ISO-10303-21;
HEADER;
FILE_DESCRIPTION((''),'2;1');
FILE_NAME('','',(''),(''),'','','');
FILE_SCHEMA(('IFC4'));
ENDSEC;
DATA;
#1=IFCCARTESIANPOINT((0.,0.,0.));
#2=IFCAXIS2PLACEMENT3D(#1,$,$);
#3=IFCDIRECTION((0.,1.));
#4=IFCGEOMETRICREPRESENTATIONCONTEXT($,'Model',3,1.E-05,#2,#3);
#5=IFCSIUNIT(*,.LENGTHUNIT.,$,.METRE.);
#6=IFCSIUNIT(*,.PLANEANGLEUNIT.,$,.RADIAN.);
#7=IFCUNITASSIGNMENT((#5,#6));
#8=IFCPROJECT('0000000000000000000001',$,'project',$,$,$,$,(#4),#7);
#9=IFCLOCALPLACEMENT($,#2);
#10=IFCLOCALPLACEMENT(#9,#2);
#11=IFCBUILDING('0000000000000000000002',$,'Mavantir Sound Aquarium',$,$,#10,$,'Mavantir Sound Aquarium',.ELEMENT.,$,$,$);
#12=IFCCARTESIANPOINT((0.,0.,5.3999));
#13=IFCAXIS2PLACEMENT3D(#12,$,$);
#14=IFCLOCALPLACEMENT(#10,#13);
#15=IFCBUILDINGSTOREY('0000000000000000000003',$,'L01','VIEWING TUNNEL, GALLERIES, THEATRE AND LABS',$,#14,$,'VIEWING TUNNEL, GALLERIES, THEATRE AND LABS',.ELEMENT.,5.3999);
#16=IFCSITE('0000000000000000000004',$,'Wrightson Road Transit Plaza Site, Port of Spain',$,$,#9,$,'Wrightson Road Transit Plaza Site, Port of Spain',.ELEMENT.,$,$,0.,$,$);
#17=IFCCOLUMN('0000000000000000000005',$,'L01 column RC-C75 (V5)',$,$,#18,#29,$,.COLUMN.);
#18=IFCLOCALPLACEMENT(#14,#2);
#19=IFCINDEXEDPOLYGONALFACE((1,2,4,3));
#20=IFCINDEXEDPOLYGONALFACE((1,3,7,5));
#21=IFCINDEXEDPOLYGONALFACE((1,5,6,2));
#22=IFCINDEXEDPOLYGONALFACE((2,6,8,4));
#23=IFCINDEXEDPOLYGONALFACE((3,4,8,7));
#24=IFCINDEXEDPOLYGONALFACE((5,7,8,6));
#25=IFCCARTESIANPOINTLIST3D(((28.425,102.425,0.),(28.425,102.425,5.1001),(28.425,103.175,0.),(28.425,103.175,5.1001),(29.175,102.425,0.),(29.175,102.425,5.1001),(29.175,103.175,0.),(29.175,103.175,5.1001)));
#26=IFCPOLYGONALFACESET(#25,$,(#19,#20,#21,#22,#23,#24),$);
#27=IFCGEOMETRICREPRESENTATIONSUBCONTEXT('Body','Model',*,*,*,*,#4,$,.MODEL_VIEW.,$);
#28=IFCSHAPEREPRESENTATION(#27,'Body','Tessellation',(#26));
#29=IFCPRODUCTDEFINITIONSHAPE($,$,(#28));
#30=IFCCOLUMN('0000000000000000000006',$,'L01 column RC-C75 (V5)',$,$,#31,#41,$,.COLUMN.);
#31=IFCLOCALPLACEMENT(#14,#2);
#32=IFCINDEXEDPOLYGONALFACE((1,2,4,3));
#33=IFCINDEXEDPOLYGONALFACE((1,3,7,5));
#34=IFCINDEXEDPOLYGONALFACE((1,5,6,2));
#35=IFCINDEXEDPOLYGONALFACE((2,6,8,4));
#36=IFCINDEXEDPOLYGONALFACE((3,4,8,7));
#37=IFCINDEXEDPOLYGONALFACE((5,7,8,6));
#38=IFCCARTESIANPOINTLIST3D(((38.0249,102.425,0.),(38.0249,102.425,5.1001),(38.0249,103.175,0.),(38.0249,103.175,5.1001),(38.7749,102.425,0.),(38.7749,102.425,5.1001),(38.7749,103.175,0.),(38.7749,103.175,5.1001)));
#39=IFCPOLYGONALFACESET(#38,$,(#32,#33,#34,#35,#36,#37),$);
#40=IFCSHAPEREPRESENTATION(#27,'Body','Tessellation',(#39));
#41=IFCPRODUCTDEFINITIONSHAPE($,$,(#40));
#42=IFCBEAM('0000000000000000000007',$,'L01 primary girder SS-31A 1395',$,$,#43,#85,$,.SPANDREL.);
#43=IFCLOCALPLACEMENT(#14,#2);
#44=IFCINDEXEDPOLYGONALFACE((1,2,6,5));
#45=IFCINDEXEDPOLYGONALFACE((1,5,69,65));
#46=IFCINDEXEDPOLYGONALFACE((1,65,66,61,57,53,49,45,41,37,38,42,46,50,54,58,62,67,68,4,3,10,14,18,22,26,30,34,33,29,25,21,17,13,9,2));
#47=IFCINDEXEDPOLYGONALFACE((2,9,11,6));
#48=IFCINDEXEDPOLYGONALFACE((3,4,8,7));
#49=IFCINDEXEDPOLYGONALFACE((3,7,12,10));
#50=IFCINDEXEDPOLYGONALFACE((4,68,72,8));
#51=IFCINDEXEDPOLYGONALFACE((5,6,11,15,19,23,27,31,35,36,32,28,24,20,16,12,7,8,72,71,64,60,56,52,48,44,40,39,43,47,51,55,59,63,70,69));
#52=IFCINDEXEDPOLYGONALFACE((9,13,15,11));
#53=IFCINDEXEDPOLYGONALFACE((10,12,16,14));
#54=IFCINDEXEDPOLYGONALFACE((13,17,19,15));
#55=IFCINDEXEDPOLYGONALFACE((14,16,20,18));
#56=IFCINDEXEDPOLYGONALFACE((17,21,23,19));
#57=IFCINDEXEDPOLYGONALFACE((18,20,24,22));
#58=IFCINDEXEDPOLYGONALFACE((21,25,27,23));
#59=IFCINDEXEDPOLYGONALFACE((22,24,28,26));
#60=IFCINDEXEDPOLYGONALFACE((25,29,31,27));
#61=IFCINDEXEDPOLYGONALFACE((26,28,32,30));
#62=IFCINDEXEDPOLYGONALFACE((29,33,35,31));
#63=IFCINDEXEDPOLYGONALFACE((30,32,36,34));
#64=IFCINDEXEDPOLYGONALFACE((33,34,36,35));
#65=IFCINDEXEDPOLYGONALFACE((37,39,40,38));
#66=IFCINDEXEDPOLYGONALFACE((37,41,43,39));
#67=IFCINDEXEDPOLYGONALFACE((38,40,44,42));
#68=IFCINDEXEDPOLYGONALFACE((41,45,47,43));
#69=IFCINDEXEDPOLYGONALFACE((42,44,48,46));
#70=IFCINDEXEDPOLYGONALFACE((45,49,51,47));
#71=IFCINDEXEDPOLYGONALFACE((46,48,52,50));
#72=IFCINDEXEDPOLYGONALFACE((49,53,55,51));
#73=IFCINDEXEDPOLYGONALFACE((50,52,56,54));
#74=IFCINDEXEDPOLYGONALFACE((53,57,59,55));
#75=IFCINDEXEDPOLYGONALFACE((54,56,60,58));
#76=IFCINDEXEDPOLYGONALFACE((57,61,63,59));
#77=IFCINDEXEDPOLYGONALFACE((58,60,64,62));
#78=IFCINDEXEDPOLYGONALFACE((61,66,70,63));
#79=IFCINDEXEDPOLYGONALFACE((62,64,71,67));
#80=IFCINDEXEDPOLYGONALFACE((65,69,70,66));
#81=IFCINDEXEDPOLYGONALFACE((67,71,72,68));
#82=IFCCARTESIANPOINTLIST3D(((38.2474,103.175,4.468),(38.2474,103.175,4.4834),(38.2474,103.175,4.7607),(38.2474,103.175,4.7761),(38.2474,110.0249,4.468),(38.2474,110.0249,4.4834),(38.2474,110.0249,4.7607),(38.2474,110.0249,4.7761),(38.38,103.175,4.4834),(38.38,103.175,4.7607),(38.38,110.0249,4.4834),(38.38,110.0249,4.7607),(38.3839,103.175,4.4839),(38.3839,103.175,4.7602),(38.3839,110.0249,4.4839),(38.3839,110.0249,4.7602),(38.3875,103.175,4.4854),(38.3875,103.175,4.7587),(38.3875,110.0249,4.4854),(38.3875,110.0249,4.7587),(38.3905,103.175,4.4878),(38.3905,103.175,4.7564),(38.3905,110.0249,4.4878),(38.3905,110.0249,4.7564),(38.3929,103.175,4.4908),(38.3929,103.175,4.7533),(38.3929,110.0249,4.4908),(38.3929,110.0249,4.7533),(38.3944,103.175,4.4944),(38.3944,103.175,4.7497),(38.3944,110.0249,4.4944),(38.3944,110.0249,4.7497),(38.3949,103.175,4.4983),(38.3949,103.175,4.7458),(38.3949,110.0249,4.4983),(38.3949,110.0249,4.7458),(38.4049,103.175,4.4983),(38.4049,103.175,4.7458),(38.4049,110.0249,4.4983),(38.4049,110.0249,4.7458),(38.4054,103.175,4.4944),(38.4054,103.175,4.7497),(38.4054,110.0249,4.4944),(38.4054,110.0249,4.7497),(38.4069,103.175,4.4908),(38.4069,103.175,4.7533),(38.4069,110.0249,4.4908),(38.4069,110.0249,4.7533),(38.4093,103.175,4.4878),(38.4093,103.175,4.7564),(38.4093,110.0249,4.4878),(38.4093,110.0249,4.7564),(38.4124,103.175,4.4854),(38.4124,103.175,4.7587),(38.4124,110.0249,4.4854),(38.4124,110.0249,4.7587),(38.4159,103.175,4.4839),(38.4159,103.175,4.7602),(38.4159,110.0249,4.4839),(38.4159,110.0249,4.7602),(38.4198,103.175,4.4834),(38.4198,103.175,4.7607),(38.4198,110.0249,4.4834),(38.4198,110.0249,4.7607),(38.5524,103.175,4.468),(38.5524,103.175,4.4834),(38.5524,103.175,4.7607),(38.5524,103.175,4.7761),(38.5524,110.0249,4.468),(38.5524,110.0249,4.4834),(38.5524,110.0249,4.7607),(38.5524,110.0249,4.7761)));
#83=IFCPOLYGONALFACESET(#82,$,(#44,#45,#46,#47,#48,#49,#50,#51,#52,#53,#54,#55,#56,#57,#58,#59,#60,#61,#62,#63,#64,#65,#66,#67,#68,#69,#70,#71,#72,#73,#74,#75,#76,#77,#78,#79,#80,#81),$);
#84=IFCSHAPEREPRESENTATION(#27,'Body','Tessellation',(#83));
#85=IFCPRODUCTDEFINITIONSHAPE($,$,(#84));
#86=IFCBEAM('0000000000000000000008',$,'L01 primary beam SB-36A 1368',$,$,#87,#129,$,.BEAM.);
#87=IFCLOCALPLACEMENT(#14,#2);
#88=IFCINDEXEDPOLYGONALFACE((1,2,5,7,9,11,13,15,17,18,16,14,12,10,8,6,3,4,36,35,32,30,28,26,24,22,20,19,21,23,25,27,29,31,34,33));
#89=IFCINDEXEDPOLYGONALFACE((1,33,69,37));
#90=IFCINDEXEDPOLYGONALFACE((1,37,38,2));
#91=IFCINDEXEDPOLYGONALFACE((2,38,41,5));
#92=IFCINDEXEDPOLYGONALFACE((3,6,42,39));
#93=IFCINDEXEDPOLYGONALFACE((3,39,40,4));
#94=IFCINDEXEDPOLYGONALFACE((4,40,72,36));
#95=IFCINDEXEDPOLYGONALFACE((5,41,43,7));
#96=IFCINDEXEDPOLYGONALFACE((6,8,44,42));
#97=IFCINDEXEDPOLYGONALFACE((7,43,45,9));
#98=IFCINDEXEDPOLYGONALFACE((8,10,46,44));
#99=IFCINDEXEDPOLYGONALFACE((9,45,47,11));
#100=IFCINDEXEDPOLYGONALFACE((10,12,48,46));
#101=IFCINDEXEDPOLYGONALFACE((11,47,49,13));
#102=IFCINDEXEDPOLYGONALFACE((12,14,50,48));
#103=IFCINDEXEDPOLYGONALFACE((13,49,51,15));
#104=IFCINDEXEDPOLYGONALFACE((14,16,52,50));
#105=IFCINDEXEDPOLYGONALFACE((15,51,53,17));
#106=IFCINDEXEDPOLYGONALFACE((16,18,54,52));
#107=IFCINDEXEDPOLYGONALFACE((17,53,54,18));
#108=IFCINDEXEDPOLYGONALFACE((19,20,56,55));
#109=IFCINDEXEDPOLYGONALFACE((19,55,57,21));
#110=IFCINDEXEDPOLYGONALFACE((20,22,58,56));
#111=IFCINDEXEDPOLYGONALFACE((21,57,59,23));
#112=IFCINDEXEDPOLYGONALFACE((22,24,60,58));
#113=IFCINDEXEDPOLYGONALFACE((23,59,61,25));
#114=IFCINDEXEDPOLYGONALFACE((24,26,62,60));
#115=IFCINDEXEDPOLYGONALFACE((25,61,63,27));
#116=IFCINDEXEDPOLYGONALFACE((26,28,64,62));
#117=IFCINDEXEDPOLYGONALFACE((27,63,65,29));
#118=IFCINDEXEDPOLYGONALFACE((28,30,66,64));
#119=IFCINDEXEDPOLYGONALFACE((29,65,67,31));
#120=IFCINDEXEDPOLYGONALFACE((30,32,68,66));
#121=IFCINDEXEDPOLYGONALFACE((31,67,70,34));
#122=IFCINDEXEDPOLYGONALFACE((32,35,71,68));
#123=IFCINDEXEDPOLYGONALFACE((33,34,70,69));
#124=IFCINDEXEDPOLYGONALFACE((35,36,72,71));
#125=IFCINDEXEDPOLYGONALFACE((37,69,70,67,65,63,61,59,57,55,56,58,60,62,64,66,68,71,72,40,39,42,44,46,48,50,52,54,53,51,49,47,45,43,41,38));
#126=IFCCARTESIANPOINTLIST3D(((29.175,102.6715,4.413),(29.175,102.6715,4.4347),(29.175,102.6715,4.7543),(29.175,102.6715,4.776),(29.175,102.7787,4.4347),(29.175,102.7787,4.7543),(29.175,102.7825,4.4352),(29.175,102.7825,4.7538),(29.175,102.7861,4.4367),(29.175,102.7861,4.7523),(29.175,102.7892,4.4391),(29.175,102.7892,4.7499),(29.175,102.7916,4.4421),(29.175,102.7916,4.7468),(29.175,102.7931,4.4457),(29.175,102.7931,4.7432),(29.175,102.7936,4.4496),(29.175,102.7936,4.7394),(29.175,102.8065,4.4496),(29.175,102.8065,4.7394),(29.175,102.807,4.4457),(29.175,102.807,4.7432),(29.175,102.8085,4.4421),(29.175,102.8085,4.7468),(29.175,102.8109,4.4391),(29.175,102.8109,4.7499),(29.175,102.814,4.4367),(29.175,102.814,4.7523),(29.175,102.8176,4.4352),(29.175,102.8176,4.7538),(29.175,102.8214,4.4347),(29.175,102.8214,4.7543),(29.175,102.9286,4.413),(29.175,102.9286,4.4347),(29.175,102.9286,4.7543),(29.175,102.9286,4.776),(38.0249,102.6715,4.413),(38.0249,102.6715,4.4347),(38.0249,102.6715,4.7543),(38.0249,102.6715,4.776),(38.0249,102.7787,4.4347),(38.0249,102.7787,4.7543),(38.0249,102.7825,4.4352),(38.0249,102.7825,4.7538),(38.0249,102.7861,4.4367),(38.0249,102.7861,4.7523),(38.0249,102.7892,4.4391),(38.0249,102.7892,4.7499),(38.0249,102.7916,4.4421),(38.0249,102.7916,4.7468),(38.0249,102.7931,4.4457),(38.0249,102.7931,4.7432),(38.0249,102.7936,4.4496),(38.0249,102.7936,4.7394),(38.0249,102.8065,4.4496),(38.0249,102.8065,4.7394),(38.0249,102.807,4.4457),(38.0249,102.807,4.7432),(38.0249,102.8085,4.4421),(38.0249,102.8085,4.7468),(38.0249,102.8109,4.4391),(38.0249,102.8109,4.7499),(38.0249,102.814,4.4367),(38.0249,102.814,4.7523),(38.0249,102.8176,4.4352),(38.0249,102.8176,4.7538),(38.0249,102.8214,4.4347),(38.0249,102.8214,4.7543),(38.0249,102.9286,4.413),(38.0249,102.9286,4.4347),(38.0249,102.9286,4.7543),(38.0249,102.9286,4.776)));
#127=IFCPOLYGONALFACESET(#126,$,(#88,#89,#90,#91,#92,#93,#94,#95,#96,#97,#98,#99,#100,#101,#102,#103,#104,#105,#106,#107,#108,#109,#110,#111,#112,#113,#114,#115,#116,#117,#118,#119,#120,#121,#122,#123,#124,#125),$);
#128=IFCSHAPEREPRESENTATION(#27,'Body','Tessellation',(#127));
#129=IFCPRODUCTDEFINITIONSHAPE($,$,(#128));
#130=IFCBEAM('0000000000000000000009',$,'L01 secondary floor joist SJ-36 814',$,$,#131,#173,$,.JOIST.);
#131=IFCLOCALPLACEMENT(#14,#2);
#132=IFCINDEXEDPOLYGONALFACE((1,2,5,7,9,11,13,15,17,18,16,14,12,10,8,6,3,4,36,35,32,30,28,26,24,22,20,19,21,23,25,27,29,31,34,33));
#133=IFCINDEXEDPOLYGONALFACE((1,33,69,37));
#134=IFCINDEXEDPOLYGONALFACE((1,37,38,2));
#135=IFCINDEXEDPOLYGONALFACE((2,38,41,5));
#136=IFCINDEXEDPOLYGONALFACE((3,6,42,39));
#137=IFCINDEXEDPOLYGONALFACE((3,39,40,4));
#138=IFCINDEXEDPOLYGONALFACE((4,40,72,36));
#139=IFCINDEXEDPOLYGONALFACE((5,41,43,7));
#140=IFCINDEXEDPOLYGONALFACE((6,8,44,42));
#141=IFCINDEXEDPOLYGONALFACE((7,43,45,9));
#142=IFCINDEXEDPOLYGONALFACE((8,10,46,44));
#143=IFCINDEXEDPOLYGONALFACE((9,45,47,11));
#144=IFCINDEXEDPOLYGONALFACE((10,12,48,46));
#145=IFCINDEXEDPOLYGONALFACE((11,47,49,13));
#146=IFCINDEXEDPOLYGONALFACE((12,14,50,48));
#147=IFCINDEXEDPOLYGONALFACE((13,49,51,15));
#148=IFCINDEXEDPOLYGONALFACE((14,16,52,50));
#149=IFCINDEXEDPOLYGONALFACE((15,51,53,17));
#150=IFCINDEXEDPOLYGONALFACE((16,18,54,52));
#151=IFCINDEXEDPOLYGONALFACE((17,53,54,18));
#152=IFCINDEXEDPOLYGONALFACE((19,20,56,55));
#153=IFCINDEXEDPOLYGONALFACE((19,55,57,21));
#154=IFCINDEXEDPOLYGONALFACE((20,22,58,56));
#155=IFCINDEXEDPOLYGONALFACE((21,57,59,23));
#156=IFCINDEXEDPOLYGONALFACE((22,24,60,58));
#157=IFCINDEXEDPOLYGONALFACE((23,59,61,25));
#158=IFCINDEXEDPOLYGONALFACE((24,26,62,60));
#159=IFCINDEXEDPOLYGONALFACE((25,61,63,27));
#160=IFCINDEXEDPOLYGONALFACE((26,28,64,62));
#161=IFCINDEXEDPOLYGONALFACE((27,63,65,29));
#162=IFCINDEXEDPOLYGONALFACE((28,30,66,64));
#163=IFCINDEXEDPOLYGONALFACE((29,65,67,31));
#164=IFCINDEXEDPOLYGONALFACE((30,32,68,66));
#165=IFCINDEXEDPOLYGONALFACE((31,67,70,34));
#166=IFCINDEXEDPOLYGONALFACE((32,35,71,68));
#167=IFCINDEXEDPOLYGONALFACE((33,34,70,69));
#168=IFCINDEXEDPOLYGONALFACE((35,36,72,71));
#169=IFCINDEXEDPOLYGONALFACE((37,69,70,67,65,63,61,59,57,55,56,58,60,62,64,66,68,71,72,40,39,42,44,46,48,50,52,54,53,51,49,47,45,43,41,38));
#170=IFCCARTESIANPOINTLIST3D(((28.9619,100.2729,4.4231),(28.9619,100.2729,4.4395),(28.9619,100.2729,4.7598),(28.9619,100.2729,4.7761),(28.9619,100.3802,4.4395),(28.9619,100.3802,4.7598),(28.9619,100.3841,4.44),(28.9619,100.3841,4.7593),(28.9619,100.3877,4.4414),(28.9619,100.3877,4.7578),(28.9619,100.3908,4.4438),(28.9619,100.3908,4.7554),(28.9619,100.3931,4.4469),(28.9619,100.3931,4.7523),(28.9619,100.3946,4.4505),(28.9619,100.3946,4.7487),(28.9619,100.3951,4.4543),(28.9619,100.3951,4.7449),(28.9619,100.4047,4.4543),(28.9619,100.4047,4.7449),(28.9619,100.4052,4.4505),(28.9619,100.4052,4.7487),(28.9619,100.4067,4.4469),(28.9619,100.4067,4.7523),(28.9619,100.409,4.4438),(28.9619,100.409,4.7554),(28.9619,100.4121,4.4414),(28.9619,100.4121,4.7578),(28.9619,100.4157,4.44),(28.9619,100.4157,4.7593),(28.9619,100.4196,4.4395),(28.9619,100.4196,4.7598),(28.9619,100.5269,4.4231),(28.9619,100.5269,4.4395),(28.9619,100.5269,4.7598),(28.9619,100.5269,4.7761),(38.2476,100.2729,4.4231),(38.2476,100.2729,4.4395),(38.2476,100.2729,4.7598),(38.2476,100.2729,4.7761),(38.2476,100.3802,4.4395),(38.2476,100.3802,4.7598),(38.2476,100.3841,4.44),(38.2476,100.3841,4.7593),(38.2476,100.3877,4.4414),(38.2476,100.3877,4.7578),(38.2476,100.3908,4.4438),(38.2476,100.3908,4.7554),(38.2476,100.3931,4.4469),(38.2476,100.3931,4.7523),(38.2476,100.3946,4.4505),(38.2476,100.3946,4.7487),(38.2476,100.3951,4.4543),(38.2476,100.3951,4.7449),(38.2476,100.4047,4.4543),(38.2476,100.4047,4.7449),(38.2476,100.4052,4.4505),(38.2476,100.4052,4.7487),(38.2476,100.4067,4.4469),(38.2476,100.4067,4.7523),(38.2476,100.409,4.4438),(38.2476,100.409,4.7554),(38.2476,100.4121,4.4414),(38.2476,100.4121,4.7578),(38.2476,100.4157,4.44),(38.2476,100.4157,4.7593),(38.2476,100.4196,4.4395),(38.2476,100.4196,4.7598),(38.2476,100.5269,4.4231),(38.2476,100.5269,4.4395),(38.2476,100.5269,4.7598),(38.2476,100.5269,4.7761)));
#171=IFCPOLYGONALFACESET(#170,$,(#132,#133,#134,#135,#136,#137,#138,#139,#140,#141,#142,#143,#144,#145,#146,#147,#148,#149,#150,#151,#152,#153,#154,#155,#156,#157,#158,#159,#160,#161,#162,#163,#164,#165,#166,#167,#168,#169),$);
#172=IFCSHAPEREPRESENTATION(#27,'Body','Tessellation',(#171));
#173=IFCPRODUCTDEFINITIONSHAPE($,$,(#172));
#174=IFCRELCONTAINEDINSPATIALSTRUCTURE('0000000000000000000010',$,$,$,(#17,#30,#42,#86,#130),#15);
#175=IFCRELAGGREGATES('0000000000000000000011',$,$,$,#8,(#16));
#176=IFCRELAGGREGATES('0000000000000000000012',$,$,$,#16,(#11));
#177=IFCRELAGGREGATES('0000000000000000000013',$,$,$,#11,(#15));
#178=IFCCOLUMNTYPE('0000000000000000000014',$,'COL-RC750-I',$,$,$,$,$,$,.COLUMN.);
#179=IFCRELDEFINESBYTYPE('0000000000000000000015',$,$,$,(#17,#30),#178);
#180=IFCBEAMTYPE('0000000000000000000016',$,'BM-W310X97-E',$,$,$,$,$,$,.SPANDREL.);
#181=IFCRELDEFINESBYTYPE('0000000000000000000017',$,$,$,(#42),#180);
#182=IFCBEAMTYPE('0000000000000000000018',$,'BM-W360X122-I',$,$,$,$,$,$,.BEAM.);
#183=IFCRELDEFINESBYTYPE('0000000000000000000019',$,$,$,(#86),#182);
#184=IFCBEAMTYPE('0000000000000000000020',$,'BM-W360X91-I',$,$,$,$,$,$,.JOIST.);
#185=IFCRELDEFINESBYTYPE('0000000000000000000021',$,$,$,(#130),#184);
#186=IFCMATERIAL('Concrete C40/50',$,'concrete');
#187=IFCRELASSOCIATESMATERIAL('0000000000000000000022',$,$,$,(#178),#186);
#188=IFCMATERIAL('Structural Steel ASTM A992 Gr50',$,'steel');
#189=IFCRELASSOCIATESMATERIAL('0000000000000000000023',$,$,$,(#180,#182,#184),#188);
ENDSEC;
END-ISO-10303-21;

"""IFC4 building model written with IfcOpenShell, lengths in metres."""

from ifc_helpers import new_model, si_unit, direction, frame, origin, origin_2d, place, context, subcontext, project, spatial, rectangle, i_section, extrude, material, material_profile, profile_set, type_object, element, save


model = new_model("IFC4")

# Units and contexts
model_context = context("Model", 3, precision=1e-05, world=origin(), true_north=direction((0.0, 1.0)))
body_context = subcontext(model_context, "Body", "Model", "MODEL_VIEW")
ifc_project = project(units=[si_unit("LENGTHUNIT", "METRE"), si_unit("PLANEANGLEUNIT", "RADIAN")], contexts=[model_context])

# Site, building, storey
site_placement = place(None, origin())
site = spatial("IfcSite", under=ifc_project, at=site_placement, Name="Wrightson Road Transit Plaza Site, Port of Spain", LongName="Wrightson Road Transit Plaza Site, Port of Spain", CompositionType="ELEMENT", RefElevation=0.0)
building_placement = place(site_placement, origin())
building = spatial("IfcBuilding", under=site, at=building_placement, Name="Mavantir Sound Aquarium", LongName="Mavantir Sound Aquarium", CompositionType="ELEMENT")
storey_placement = place(building_placement, frame((0.0, 0.0, 5.3999)))
storey = spatial("IfcBuildingStorey", under=building, at=storey_placement, Name="L01", Description="VIEWING TUNNEL, GALLERIES, THEATRE AND LABS", LongName="VIEWING TUNNEL, GALLERIES, THEATRE AND LABS", CompositionType="ELEMENT", Elevation=5.3999)

# Columns
ifc_material_1 = material(Name="Concrete C40/50", Category="concrete")
ifc_material_profile_1 = material_profile(ifc_material_1, rectangle(XDim=0.75, YDim=0.75, at=origin_2d()), Name="RC 750X750")
ifc_profile_set_1 = profile_set([ifc_material_profile_1], Name="Concrete C40/50")
column_type = type_object("IfcColumnType", Name="COL-RC750-I", PredefinedType="COLUMN", material=ifc_profile_set_1)
for number, where, z_axis, x_axis, name in (
    (1, (28.8, 102.8, 0.0), (0.0, 0.0, 1.0), (1.0, 0.0, 0.0), "L01 column RC-C75 (V5)"),
    (2, (38.3999, 102.8, 0.0), (0.0, 0.0, 1.0), (1.0, 0.0, 0.0), "L01 column RC-C75 (V5)"),
):
    element("IfcColumn", number, at=place(storey_placement, frame(where, z_axis=z_axis, x_axis=x_axis)), inside=storey, type_object=column_type, Name=name, PredefinedType="COLUMN", context=body_context, shape_type="SweptSolid", body=[
        extrude(rectangle(XDim=0.75, YDim=0.75, at=origin_2d()), origin(), (0.0, 0.0, 1.0), 5.1001),
    ])

# Beams
ifc_material_2 = material(Name="Structural Steel ASTM A992 Gr50", Category="steel")
ifc_material_profile_2 = material_profile(ifc_material_2, i_section(OverallWidth=0.3049, OverallDepth=0.3081, WebThickness=0.01, FlangeThickness=0.0154, FilletRadius=0.0149, at=origin_2d()), Name="W310X97")
ifc_profile_set_2 = profile_set([ifc_material_profile_2], Name="Structural Steel ASTM A992 Gr50")
beam_type_1 = type_object("IfcBeamType", Name="BM-W310X97-E", PredefinedType="SPANDREL", material=ifc_profile_set_2)
beam_1_placement = place(storey_placement, frame((38.3999, 103.175, 4.6221), z_axis=(0.0, 1.0, 0.0), x_axis=(-1.0, 0.0, 0.0)))
element("IfcBeam", 3, at=beam_1_placement, inside=storey, type_object=beam_type_1, Name="L01 primary girder SS-31A 1395", PredefinedType="SPANDREL", context=body_context, shape_type="SweptSolid", body=[
    extrude(i_section(OverallWidth=0.3049, OverallDepth=0.3081, WebThickness=0.01, FlangeThickness=0.0154, FilletRadius=0.0149, at=origin_2d()), origin(), (0.0, 0.0, 1.0), 6.8499),
])
ifc_material_profile_3 = material_profile(ifc_material_2, i_section(OverallWidth=0.2571, OverallDepth=0.363, WebThickness=0.0129, FlangeThickness=0.0217, FilletRadius=0.0149, at=origin_2d()), Name="W360X122")
ifc_profile_set_3 = profile_set([ifc_material_profile_3], Name="Structural Steel ASTM A992 Gr50")
beam_type_2 = type_object("IfcBeamType", Name="BM-W360X122-I", PredefinedType="BEAM", material=ifc_profile_set_3)
beam_2_placement = place(storey_placement, frame((29.175, 102.8, 4.5945), z_axis=(1.0, 0.0, 0.0), x_axis=(0.0, 1.0, 0.0)))
element("IfcBeam", 4, at=beam_2_placement, inside=storey, type_object=beam_type_2, Name="L01 primary beam SB-36A 1368", PredefinedType="BEAM", context=body_context, shape_type="SweptSolid", body=[
    extrude(i_section(OverallWidth=0.2571, OverallDepth=0.363, WebThickness=0.0129, FlangeThickness=0.0217, FilletRadius=0.0149, at=origin_2d()), origin(), (0.0, 0.0, 1.0), 8.8499),
])
ifc_material_profile_4 = material_profile(ifc_material_2, i_section(OverallWidth=0.2539, OverallDepth=0.353, WebThickness=0.0095, FlangeThickness=0.0164, FilletRadius=0.0149, at=origin_2d()), Name="W360X91")
ifc_profile_set_4 = profile_set([ifc_material_profile_4], Name="Structural Steel ASTM A992 Gr50")
beam_type_3 = type_object("IfcBeamType", Name="BM-W360X91-I", PredefinedType="JOIST", material=ifc_profile_set_4)
beam_3_placement = place(storey_placement, frame((28.9619, 100.3999, 4.5996), z_axis=(1.0, 0.0, 0.0), x_axis=(0.0, 1.0, 0.0)))
element("IfcBeam", 5, at=beam_3_placement, inside=storey, type_object=beam_type_3, Name="L01 secondary floor joist SJ-36 814", PredefinedType="JOIST", context=body_context, shape_type="SweptSolid", body=[
    extrude(i_section(OverallWidth=0.2539, OverallDepth=0.353, WebThickness=0.0095, FlangeThickness=0.0164, FilletRadius=0.0149, at=origin_2d()), origin(), (0.0, 0.0, 1.0), 9.2856),
])

save(model, "model.ifc")
